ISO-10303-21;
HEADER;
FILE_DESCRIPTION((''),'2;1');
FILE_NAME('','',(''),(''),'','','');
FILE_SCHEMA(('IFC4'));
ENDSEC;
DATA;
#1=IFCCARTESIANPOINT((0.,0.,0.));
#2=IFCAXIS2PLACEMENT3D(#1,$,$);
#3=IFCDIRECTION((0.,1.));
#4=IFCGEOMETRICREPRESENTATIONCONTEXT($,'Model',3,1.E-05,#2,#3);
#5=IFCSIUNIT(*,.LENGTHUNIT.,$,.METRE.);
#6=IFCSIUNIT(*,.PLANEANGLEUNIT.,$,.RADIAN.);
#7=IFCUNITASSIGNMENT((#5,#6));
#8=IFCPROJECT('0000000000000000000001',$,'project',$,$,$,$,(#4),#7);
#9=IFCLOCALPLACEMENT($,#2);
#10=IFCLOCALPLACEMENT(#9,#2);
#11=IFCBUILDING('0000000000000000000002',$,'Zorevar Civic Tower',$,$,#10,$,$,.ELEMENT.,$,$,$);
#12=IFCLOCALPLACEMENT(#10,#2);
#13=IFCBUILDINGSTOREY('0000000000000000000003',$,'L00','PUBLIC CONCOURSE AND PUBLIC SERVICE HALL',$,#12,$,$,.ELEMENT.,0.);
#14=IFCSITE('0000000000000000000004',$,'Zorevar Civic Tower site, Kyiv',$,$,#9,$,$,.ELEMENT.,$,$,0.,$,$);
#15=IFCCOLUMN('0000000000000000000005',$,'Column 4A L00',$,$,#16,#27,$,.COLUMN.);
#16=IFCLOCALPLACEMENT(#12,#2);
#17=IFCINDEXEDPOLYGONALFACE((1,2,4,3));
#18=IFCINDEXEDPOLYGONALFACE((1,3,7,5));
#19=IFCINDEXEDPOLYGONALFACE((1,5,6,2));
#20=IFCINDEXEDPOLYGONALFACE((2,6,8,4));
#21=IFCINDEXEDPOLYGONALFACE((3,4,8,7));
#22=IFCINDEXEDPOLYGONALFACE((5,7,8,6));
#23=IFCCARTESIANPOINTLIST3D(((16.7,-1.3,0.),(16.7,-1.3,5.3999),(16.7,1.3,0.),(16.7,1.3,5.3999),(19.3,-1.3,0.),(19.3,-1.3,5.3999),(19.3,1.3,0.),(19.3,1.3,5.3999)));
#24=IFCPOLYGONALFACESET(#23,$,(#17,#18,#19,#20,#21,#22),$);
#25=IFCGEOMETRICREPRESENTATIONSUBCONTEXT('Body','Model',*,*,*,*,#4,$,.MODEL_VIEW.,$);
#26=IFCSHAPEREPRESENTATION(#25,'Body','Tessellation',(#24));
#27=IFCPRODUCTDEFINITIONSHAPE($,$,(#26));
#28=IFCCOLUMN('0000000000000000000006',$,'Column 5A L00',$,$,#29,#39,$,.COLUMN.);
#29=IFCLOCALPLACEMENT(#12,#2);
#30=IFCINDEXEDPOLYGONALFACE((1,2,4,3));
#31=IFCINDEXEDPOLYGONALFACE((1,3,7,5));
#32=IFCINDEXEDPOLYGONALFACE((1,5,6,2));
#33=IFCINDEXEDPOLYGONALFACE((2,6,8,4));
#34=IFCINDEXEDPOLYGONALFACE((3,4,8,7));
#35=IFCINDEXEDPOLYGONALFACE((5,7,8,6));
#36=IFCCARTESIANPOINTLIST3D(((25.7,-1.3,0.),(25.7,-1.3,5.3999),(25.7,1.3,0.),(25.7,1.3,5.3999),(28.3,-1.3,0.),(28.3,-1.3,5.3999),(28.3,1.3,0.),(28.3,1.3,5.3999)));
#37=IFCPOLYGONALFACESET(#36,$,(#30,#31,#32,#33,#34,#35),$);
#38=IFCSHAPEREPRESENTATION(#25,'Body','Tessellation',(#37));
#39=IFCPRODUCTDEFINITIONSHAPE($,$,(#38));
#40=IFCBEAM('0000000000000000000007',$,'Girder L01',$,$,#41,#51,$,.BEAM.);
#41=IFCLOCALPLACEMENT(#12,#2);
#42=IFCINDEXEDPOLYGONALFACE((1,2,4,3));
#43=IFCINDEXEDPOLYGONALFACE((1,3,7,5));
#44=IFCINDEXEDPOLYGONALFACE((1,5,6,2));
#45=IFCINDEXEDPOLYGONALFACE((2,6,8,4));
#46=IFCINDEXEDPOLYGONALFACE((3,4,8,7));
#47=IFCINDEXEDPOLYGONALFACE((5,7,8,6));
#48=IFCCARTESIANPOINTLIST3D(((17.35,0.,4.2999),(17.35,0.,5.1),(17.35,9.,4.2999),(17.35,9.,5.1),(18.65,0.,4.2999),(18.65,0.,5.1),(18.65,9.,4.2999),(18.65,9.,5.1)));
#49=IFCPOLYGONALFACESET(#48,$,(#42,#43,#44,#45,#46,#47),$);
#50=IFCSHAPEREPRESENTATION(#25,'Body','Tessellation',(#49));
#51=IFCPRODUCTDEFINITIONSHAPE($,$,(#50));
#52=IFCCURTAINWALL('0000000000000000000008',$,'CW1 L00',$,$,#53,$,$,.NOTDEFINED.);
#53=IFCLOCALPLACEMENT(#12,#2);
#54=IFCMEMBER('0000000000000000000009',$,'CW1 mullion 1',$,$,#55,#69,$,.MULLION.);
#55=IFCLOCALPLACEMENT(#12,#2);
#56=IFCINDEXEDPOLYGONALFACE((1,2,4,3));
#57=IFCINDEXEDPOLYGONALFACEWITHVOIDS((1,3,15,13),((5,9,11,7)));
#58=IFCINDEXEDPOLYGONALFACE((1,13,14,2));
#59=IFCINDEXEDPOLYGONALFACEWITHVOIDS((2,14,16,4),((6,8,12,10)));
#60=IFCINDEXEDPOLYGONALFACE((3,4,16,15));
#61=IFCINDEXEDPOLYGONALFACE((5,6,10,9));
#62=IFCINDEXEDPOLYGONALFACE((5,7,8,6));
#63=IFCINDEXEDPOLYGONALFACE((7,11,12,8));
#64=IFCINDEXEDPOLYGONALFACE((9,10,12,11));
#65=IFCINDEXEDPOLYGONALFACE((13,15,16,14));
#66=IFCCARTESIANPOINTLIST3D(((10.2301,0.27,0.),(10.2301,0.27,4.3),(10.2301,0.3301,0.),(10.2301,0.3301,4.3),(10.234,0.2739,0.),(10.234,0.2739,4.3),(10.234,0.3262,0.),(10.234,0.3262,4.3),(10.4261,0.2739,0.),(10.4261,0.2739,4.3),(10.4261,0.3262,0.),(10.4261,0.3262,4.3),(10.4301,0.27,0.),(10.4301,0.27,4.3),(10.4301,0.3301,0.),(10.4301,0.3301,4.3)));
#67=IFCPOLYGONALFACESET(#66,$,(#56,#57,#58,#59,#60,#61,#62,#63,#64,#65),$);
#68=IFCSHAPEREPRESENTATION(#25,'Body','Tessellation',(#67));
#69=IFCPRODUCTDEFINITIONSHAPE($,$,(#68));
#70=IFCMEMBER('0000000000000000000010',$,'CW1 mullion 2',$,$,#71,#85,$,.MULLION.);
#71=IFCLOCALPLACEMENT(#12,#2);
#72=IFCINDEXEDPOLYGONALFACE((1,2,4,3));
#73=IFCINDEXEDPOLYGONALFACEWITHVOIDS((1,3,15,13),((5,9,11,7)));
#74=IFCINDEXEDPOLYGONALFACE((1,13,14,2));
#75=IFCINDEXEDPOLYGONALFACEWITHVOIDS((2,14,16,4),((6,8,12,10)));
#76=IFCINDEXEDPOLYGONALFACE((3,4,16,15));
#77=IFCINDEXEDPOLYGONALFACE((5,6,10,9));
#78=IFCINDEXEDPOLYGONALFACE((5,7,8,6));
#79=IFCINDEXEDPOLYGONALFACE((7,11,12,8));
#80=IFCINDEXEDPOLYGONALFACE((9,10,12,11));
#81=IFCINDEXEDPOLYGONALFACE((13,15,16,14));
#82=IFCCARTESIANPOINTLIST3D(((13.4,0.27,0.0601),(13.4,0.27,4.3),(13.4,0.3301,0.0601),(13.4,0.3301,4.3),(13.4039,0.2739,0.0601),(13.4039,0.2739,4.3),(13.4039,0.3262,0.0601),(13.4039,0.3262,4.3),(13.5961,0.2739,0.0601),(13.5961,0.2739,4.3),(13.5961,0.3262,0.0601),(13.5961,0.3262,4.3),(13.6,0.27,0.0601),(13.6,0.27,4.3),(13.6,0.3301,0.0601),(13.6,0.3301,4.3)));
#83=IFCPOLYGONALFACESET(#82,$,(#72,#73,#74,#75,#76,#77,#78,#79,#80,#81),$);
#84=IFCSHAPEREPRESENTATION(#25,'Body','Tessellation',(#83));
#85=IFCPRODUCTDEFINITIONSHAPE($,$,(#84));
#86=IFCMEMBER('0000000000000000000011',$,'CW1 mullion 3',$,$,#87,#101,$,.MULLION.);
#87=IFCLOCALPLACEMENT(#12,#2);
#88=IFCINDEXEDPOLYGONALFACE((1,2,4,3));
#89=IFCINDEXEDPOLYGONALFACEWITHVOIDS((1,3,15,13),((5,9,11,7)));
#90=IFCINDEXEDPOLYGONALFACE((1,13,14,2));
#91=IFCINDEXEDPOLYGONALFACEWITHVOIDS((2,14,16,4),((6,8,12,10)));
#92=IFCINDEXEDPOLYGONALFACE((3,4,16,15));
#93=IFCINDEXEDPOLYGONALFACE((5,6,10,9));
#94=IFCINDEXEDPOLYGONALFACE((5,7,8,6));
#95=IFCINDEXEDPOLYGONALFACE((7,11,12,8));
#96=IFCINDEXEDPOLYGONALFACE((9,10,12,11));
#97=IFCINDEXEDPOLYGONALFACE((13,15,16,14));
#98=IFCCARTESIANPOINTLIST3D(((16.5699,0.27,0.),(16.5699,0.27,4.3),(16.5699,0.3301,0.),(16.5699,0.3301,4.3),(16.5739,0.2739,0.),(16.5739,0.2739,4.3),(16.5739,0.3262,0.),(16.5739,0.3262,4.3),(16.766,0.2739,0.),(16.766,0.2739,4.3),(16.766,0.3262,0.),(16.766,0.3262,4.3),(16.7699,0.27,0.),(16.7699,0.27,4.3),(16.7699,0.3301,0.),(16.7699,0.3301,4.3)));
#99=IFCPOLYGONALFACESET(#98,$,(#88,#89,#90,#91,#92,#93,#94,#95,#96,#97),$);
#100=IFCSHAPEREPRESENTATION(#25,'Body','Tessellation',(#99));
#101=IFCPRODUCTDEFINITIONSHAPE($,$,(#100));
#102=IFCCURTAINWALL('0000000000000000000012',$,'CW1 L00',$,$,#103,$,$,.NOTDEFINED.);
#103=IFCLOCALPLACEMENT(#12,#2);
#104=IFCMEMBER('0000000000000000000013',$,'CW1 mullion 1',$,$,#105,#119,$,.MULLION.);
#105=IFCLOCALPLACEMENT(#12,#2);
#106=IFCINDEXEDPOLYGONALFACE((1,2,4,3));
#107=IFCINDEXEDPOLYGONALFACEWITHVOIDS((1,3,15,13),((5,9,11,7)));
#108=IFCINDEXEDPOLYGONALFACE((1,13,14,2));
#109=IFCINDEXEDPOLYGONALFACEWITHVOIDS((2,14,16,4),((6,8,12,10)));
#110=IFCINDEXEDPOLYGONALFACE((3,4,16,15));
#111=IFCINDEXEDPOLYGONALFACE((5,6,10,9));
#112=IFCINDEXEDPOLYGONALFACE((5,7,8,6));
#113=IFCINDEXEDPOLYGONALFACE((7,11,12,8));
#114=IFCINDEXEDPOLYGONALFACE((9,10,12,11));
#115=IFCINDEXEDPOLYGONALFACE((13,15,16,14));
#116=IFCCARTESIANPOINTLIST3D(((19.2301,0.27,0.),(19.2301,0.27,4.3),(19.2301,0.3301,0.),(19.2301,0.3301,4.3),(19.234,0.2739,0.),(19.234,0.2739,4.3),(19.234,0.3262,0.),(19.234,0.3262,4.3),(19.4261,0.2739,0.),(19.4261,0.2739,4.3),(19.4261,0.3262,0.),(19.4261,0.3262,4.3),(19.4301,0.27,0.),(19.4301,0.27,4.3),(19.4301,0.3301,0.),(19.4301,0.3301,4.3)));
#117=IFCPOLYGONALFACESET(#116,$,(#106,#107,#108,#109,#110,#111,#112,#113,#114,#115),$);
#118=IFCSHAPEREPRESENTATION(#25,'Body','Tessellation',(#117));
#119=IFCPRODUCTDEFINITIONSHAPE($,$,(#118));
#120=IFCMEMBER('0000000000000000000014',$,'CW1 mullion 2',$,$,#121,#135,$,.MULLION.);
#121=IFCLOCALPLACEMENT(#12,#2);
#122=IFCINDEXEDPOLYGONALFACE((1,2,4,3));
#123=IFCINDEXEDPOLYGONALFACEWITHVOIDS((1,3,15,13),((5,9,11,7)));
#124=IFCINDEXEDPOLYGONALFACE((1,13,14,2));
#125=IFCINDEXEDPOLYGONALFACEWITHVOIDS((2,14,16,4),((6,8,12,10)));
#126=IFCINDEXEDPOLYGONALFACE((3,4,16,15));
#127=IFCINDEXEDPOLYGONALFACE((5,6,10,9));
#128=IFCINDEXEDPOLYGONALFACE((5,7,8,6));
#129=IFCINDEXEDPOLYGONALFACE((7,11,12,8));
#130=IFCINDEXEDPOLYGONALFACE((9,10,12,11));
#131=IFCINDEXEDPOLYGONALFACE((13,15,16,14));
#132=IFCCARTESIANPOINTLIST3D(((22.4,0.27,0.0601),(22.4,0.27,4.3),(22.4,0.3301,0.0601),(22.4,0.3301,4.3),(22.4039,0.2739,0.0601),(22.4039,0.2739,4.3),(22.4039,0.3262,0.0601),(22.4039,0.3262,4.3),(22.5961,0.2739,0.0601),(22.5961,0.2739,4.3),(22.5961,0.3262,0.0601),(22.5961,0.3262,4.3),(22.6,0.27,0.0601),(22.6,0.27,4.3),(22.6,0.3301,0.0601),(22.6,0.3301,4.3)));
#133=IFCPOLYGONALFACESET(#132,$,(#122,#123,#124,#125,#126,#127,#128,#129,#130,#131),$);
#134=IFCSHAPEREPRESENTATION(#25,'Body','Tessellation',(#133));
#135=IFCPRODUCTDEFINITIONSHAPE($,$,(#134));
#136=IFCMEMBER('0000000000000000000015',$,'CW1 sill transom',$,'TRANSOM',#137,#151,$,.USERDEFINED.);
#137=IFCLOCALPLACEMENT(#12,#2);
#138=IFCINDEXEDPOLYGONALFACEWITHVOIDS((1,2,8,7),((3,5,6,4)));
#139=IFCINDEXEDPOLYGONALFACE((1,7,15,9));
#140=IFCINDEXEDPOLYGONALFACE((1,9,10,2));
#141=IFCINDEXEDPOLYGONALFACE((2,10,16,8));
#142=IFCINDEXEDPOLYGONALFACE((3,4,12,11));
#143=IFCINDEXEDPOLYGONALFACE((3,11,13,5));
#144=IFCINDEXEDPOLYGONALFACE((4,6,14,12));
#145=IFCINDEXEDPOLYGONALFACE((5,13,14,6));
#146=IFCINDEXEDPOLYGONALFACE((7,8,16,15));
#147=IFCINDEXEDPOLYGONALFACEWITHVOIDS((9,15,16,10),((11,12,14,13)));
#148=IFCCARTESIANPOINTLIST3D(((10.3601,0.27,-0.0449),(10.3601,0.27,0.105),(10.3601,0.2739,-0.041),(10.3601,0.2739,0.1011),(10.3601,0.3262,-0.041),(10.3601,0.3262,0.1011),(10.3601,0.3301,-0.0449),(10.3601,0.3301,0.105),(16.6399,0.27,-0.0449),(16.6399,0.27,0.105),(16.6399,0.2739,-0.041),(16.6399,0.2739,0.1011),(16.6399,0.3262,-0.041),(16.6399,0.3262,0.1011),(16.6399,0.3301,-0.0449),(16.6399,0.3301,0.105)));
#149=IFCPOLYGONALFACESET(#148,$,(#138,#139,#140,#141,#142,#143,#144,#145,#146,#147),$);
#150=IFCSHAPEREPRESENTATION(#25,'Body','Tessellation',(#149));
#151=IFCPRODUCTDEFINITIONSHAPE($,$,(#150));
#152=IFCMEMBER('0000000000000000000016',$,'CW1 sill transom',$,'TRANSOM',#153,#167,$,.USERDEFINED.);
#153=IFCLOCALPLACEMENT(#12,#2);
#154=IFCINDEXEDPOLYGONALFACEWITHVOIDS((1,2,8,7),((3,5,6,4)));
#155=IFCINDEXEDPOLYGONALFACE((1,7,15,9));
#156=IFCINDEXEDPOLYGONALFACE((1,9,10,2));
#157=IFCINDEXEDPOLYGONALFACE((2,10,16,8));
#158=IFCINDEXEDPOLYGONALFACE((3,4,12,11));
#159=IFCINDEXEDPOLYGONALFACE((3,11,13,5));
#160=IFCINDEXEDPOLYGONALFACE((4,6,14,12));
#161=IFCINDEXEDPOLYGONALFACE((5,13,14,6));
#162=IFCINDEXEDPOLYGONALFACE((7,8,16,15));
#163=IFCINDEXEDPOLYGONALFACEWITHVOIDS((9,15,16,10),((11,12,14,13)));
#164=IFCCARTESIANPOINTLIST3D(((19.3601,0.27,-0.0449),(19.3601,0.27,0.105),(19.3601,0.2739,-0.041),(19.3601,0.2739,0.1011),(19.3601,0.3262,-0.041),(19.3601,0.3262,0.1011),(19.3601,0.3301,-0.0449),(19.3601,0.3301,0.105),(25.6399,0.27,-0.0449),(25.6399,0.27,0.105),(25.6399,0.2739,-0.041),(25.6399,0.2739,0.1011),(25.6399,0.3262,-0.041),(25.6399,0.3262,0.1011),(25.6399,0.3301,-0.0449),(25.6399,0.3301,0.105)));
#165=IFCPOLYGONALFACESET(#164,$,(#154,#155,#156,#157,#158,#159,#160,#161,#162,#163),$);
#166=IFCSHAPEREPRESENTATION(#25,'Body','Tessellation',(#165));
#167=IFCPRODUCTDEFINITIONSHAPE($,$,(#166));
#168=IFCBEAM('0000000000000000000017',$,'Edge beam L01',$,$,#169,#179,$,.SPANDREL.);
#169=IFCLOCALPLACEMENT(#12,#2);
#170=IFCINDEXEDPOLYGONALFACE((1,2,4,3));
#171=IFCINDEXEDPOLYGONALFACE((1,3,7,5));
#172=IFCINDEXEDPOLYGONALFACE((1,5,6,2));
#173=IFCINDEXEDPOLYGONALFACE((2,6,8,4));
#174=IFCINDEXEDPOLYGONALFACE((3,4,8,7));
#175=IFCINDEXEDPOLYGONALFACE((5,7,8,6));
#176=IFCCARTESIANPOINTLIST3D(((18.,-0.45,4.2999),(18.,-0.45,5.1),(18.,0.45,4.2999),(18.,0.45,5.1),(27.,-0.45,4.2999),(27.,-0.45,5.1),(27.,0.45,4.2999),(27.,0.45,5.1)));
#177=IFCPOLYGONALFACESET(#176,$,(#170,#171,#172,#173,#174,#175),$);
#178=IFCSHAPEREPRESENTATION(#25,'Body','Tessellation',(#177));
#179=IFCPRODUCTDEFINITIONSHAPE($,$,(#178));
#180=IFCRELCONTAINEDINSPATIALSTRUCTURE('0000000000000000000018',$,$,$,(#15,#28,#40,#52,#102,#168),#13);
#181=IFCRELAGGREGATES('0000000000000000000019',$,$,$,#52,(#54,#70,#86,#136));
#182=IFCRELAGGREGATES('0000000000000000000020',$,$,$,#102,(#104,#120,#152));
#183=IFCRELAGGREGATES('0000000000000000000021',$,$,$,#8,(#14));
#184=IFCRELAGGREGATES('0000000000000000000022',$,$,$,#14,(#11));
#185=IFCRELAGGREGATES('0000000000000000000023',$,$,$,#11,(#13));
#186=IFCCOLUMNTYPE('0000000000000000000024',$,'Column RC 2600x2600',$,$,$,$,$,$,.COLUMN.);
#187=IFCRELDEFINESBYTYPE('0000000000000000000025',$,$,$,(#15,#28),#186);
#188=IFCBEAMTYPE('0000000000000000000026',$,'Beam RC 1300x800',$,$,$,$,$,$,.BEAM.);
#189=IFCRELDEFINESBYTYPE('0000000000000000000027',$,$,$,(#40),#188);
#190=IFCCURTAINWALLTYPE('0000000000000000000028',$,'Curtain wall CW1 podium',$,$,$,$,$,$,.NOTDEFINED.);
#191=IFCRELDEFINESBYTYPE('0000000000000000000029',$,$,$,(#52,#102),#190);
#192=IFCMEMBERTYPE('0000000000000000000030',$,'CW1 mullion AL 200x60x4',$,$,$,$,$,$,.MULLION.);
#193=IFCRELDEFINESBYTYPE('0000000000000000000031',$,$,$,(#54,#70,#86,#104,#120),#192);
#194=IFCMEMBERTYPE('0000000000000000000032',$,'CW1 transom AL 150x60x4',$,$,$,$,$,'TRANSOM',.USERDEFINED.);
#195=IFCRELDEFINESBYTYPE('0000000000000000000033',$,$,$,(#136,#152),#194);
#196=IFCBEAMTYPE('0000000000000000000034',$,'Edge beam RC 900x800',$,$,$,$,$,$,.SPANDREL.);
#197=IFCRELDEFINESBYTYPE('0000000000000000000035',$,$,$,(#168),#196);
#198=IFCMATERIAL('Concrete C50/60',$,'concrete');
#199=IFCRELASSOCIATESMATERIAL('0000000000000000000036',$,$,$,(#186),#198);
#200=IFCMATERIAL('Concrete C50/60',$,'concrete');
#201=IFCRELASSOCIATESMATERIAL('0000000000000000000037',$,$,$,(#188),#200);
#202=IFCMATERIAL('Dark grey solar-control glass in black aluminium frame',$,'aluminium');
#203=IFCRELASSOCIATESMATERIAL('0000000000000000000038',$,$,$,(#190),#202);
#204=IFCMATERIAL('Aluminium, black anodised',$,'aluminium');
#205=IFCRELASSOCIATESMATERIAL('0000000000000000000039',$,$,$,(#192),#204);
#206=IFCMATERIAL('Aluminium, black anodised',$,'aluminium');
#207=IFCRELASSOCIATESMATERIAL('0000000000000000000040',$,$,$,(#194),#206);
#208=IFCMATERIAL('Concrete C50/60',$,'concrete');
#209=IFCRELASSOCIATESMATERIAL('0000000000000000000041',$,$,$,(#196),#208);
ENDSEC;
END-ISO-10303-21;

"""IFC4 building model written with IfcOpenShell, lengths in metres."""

from ifc_helpers import new_model, si_unit, direction, frame, origin, origin_2d, place, context, subcontext, project, spatial, rectangle, hollow_rectangle, extrude, material, material_profile, profile_set, type_object, element, aggregate, save


model = new_model("IFC4")

# Units and contexts
model_context = context("Model", 3, precision=1e-05, world=origin(), true_north=direction((0.0, 1.0)))
body_context = subcontext(model_context, "Body", "Model", "MODEL_VIEW")
ifc_project = project(units=[si_unit("LENGTHUNIT", "METRE"), si_unit("PLANEANGLEUNIT", "RADIAN")], contexts=[model_context])

# Site, building, storey
site_placement = place(None, origin())
site = spatial("IfcSite", under=ifc_project, at=site_placement, Name="Zorevar Civic Tower site, Kyiv", CompositionType="ELEMENT", RefElevation=0.0)
building_placement = place(site_placement, origin())
building = spatial("IfcBuilding", under=site, at=building_placement, Name="Zorevar Civic Tower", CompositionType="ELEMENT")
storey_placement = place(building_placement, origin())
storey = spatial("IfcBuildingStorey", under=building, at=storey_placement, Name="L00", Description="PUBLIC CONCOURSE AND PUBLIC SERVICE HALL", CompositionType="ELEMENT", Elevation=0.0)

# Columns
ifc_material_1 = material(Name="Concrete C50/60", Category="concrete")
ifc_material_profile_1 = material_profile(ifc_material_1, rectangle(XDim=2.6001, YDim=2.6001, at=origin_2d()), Name="RC 2600x2600")
ifc_profile_set_1 = profile_set([ifc_material_profile_1], Name="Concrete C50/60")
column_type = type_object("IfcColumnType", Name="Column RC 2600x2600", PredefinedType="COLUMN", material=ifc_profile_set_1)
for number, where, z_axis, x_axis, name in (
    (1, (18.0, 0.0, 0.0), (0.0, 0.0, 1.0), (1.0, 0.0, 0.0), "Column 4A L00"),
    (2, (27.0, 0.0, 0.0), (0.0, 0.0, 1.0), (1.0, 0.0, 0.0), "Column 5A L00"),
):
    element("IfcColumn", number, at=place(storey_placement, frame(where, z_axis=z_axis, x_axis=x_axis)), inside=storey, type_object=column_type, Name=name, PredefinedType="COLUMN", context=body_context, shape_type="SweptSolid", body=[
        extrude(rectangle(XDim=2.6001, YDim=2.6001, at=origin_2d()), origin(), (0.0, 0.0, 1.0), 5.3999),
    ])

# Beam
ifc_material_2 = material(Name="Concrete C50/60", Category="concrete")
ifc_material_profile_2 = material_profile(ifc_material_2, rectangle(XDim=1.3, YDim=0.8, at=origin_2d()), Name="RC 1300x800")
ifc_profile_set_2 = profile_set([ifc_material_profile_2], Name="Concrete C50/60")
beam_type_1 = type_object("IfcBeamType", Name="Beam RC 1300x800", PredefinedType="BEAM", material=ifc_profile_set_2)
beam_1_placement = place(storey_placement, frame((18.0, 0.0, 4.7), z_axis=(0.0, 1.0, 0.0), x_axis=(-1.0, 0.0, 0.0)))
element("IfcBeam", 3, at=beam_1_placement, inside=storey, type_object=beam_type_1, Name="Girder L01", PredefinedType="BEAM", context=body_context, shape_type="SweptSolid", body=[
    extrude(rectangle(XDim=1.3, YDim=0.8, at=origin_2d()), origin(), (0.0, 0.0, 1.0), 9.0),
])

# Curtain walls, members
ifc_material_3 = material(Name="Dark grey solar-control glass in black aluminium frame", Category="aluminium")
curtain_wall_type = type_object("IfcCurtainWallType", Name="Curtain wall CW1 podium", PredefinedType="NOTDEFINED", material=ifc_material_3)
curtain_wall_1_placement = place(storey_placement, origin())
curtain_wall_1 = element("IfcCurtainWall", 4, at=curtain_wall_1_placement, inside=storey, type_object=curtain_wall_type, Name="CW1 L00", PredefinedType="NOTDEFINED")
ifc_material_4 = material(Name="Aluminium, black anodised", Category="aluminium")
ifc_material_profile_3 = material_profile(ifc_material_4, hollow_rectangle(XDim=0.0601, YDim=0.2, WallThickness=0.0039, at=origin_2d()), Name="AL 200x60x4")
ifc_profile_set_3 = profile_set([ifc_material_profile_3], Name="Aluminium, black anodised")
member_type_1 = type_object("IfcMemberType", Name="CW1 mullion AL 200x60x4", PredefinedType="MULLION", material=ifc_profile_set_3)
member_1_placement = place(storey_placement, frame((10.3301, 0.3, 0.0), z_axis=(0.0, 0.0, 1.0), x_axis=(0.0, 1.0, 0.0)))
member_1 = element("IfcMember", 5, at=member_1_placement, type_object=member_type_1, Name="CW1 mullion 1", PredefinedType="MULLION", context=body_context, shape_type="SweptSolid", body=[
    extrude(hollow_rectangle(XDim=0.0601, YDim=0.2, WallThickness=0.0039, at=origin_2d()), origin(), (0.0, 0.0, 1.0), 4.3),
])
member_2_placement = place(storey_placement, frame((13.5, 0.3, 0.0601), z_axis=(0.0, 0.0, 1.0), x_axis=(0.0, 1.0, 0.0)))
member_2 = element("IfcMember", 6, at=member_2_placement, type_object=member_type_1, Name="CW1 mullion 2", PredefinedType="MULLION", context=body_context, shape_type="SweptSolid", body=[
    extrude(hollow_rectangle(XDim=0.0601, YDim=0.2, WallThickness=0.0039, at=origin_2d()), origin(), (0.0, 0.0, 1.0), 4.24),
])
member_3_placement = place(storey_placement, frame((16.6699, 0.3, 0.0), z_axis=(0.0, 0.0, 1.0), x_axis=(0.0, 1.0, 0.0)))
member_3 = element("IfcMember", 7, at=member_3_placement, type_object=member_type_1, Name="CW1 mullion 3", PredefinedType="MULLION", context=body_context, shape_type="SweptSolid", body=[
    extrude(hollow_rectangle(XDim=0.0601, YDim=0.2, WallThickness=0.0039, at=origin_2d()), origin(), (0.0, 0.0, 1.0), 4.3),
])
curtain_wall_2_placement = place(storey_placement, origin())
curtain_wall_2 = element("IfcCurtainWall", 8, at=curtain_wall_2_placement, inside=storey, type_object=curtain_wall_type, Name="CW1 L00", PredefinedType="NOTDEFINED")
member_4_placement = place(storey_placement, frame((19.3301, 0.3, 0.0), z_axis=(0.0, 0.0, 1.0), x_axis=(0.0, 1.0, 0.0)))
member_4 = element("IfcMember", 9, at=member_4_placement, type_object=member_type_1, Name="CW1 mullion 1", PredefinedType="MULLION", context=body_context, shape_type="SweptSolid", body=[
    extrude(hollow_rectangle(XDim=0.0601, YDim=0.2, WallThickness=0.0039, at=origin_2d()), origin(), (0.0, 0.0, 1.0), 4.3),
])
member_5_placement = place(storey_placement, frame((22.5, 0.3, 0.0601), z_axis=(0.0, 0.0, 1.0), x_axis=(0.0, 1.0, 0.0)))
member_5 = element("IfcMember", 10, at=member_5_placement, type_object=member_type_1, Name="CW1 mullion 2", PredefinedType="MULLION", context=body_context, shape_type="SweptSolid", body=[
    extrude(hollow_rectangle(XDim=0.0601, YDim=0.2, WallThickness=0.0039, at=origin_2d()), origin(), (0.0, 0.0, 1.0), 4.24),
])

# Members
ifc_material_5 = material(Name="Aluminium, black anodised", Category="aluminium")
ifc_material_profile_4 = material_profile(ifc_material_5, hollow_rectangle(XDim=0.0601, YDim=0.1499, WallThickness=0.0039, at=origin_2d()), Name="AL 150x60x4")
ifc_profile_set_4 = profile_set([ifc_material_profile_4], Name="Aluminium, black anodised")
member_type_2 = type_object("IfcMemberType", Name="CW1 transom AL 150x60x4", ElementType="TRANSOM", PredefinedType="USERDEFINED", material=ifc_profile_set_4)
member_6_placement = place(storey_placement, frame((10.3601, 0.3, 0.03), z_axis=(1.0, 0.0, 0.0), x_axis=(0.0, 1.0, 0.0)))
member_6 = element("IfcMember", 11, at=member_6_placement, type_object=member_type_2, Name="CW1 sill transom", ObjectType="TRANSOM", PredefinedType="USERDEFINED", context=body_context, shape_type="SweptSolid", body=[
    extrude(hollow_rectangle(XDim=0.0601, YDim=0.1499, WallThickness=0.0039, at=origin_2d()), origin(), (0.0, 0.0, 1.0), 6.2798),
])
member_7_placement = place(storey_placement, frame((19.3601, 0.3, 0.03), z_axis=(1.0, 0.0, 0.0), x_axis=(0.0, 1.0, 0.0)))
member_7 = element("IfcMember", 12, at=member_7_placement, type_object=member_type_2, Name="CW1 sill transom", ObjectType="TRANSOM", PredefinedType="USERDEFINED", context=body_context, shape_type="SweptSolid", body=[
    extrude(hollow_rectangle(XDim=0.0601, YDim=0.1499, WallThickness=0.0039, at=origin_2d()), origin(), (0.0, 0.0, 1.0), 6.2798),
])

# Beam
ifc_material_6 = material(Name="Concrete C50/60", Category="concrete")
ifc_material_profile_5 = material_profile(ifc_material_6, rectangle(XDim=0.8999, YDim=0.8, at=origin_2d()), Name="RC 900x800")
ifc_profile_set_5 = profile_set([ifc_material_profile_5], Name="Concrete C50/60")
beam_type_2 = type_object("IfcBeamType", Name="Edge beam RC 900x800", PredefinedType="SPANDREL", material=ifc_profile_set_5)
beam_2_placement = place(storey_placement, frame((18.0, 0.0, 4.7), z_axis=(1.0, 0.0, 0.0), x_axis=(0.0, 1.0, 0.0)))
element("IfcBeam", 13, at=beam_2_placement, inside=storey, type_object=beam_type_2, Name="Edge beam L01", PredefinedType="SPANDREL", context=body_context, shape_type="SweptSolid", body=[
    extrude(rectangle(XDim=0.8999, YDim=0.8, at=origin_2d()), origin(), (0.0, 0.0, 1.0), 9.0),
])

aggregate(curtain_wall_1, [member_1, member_2, member_3, member_6])
aggregate(curtain_wall_2, [member_4, member_5, member_7])

save(model, "model.ifc")
